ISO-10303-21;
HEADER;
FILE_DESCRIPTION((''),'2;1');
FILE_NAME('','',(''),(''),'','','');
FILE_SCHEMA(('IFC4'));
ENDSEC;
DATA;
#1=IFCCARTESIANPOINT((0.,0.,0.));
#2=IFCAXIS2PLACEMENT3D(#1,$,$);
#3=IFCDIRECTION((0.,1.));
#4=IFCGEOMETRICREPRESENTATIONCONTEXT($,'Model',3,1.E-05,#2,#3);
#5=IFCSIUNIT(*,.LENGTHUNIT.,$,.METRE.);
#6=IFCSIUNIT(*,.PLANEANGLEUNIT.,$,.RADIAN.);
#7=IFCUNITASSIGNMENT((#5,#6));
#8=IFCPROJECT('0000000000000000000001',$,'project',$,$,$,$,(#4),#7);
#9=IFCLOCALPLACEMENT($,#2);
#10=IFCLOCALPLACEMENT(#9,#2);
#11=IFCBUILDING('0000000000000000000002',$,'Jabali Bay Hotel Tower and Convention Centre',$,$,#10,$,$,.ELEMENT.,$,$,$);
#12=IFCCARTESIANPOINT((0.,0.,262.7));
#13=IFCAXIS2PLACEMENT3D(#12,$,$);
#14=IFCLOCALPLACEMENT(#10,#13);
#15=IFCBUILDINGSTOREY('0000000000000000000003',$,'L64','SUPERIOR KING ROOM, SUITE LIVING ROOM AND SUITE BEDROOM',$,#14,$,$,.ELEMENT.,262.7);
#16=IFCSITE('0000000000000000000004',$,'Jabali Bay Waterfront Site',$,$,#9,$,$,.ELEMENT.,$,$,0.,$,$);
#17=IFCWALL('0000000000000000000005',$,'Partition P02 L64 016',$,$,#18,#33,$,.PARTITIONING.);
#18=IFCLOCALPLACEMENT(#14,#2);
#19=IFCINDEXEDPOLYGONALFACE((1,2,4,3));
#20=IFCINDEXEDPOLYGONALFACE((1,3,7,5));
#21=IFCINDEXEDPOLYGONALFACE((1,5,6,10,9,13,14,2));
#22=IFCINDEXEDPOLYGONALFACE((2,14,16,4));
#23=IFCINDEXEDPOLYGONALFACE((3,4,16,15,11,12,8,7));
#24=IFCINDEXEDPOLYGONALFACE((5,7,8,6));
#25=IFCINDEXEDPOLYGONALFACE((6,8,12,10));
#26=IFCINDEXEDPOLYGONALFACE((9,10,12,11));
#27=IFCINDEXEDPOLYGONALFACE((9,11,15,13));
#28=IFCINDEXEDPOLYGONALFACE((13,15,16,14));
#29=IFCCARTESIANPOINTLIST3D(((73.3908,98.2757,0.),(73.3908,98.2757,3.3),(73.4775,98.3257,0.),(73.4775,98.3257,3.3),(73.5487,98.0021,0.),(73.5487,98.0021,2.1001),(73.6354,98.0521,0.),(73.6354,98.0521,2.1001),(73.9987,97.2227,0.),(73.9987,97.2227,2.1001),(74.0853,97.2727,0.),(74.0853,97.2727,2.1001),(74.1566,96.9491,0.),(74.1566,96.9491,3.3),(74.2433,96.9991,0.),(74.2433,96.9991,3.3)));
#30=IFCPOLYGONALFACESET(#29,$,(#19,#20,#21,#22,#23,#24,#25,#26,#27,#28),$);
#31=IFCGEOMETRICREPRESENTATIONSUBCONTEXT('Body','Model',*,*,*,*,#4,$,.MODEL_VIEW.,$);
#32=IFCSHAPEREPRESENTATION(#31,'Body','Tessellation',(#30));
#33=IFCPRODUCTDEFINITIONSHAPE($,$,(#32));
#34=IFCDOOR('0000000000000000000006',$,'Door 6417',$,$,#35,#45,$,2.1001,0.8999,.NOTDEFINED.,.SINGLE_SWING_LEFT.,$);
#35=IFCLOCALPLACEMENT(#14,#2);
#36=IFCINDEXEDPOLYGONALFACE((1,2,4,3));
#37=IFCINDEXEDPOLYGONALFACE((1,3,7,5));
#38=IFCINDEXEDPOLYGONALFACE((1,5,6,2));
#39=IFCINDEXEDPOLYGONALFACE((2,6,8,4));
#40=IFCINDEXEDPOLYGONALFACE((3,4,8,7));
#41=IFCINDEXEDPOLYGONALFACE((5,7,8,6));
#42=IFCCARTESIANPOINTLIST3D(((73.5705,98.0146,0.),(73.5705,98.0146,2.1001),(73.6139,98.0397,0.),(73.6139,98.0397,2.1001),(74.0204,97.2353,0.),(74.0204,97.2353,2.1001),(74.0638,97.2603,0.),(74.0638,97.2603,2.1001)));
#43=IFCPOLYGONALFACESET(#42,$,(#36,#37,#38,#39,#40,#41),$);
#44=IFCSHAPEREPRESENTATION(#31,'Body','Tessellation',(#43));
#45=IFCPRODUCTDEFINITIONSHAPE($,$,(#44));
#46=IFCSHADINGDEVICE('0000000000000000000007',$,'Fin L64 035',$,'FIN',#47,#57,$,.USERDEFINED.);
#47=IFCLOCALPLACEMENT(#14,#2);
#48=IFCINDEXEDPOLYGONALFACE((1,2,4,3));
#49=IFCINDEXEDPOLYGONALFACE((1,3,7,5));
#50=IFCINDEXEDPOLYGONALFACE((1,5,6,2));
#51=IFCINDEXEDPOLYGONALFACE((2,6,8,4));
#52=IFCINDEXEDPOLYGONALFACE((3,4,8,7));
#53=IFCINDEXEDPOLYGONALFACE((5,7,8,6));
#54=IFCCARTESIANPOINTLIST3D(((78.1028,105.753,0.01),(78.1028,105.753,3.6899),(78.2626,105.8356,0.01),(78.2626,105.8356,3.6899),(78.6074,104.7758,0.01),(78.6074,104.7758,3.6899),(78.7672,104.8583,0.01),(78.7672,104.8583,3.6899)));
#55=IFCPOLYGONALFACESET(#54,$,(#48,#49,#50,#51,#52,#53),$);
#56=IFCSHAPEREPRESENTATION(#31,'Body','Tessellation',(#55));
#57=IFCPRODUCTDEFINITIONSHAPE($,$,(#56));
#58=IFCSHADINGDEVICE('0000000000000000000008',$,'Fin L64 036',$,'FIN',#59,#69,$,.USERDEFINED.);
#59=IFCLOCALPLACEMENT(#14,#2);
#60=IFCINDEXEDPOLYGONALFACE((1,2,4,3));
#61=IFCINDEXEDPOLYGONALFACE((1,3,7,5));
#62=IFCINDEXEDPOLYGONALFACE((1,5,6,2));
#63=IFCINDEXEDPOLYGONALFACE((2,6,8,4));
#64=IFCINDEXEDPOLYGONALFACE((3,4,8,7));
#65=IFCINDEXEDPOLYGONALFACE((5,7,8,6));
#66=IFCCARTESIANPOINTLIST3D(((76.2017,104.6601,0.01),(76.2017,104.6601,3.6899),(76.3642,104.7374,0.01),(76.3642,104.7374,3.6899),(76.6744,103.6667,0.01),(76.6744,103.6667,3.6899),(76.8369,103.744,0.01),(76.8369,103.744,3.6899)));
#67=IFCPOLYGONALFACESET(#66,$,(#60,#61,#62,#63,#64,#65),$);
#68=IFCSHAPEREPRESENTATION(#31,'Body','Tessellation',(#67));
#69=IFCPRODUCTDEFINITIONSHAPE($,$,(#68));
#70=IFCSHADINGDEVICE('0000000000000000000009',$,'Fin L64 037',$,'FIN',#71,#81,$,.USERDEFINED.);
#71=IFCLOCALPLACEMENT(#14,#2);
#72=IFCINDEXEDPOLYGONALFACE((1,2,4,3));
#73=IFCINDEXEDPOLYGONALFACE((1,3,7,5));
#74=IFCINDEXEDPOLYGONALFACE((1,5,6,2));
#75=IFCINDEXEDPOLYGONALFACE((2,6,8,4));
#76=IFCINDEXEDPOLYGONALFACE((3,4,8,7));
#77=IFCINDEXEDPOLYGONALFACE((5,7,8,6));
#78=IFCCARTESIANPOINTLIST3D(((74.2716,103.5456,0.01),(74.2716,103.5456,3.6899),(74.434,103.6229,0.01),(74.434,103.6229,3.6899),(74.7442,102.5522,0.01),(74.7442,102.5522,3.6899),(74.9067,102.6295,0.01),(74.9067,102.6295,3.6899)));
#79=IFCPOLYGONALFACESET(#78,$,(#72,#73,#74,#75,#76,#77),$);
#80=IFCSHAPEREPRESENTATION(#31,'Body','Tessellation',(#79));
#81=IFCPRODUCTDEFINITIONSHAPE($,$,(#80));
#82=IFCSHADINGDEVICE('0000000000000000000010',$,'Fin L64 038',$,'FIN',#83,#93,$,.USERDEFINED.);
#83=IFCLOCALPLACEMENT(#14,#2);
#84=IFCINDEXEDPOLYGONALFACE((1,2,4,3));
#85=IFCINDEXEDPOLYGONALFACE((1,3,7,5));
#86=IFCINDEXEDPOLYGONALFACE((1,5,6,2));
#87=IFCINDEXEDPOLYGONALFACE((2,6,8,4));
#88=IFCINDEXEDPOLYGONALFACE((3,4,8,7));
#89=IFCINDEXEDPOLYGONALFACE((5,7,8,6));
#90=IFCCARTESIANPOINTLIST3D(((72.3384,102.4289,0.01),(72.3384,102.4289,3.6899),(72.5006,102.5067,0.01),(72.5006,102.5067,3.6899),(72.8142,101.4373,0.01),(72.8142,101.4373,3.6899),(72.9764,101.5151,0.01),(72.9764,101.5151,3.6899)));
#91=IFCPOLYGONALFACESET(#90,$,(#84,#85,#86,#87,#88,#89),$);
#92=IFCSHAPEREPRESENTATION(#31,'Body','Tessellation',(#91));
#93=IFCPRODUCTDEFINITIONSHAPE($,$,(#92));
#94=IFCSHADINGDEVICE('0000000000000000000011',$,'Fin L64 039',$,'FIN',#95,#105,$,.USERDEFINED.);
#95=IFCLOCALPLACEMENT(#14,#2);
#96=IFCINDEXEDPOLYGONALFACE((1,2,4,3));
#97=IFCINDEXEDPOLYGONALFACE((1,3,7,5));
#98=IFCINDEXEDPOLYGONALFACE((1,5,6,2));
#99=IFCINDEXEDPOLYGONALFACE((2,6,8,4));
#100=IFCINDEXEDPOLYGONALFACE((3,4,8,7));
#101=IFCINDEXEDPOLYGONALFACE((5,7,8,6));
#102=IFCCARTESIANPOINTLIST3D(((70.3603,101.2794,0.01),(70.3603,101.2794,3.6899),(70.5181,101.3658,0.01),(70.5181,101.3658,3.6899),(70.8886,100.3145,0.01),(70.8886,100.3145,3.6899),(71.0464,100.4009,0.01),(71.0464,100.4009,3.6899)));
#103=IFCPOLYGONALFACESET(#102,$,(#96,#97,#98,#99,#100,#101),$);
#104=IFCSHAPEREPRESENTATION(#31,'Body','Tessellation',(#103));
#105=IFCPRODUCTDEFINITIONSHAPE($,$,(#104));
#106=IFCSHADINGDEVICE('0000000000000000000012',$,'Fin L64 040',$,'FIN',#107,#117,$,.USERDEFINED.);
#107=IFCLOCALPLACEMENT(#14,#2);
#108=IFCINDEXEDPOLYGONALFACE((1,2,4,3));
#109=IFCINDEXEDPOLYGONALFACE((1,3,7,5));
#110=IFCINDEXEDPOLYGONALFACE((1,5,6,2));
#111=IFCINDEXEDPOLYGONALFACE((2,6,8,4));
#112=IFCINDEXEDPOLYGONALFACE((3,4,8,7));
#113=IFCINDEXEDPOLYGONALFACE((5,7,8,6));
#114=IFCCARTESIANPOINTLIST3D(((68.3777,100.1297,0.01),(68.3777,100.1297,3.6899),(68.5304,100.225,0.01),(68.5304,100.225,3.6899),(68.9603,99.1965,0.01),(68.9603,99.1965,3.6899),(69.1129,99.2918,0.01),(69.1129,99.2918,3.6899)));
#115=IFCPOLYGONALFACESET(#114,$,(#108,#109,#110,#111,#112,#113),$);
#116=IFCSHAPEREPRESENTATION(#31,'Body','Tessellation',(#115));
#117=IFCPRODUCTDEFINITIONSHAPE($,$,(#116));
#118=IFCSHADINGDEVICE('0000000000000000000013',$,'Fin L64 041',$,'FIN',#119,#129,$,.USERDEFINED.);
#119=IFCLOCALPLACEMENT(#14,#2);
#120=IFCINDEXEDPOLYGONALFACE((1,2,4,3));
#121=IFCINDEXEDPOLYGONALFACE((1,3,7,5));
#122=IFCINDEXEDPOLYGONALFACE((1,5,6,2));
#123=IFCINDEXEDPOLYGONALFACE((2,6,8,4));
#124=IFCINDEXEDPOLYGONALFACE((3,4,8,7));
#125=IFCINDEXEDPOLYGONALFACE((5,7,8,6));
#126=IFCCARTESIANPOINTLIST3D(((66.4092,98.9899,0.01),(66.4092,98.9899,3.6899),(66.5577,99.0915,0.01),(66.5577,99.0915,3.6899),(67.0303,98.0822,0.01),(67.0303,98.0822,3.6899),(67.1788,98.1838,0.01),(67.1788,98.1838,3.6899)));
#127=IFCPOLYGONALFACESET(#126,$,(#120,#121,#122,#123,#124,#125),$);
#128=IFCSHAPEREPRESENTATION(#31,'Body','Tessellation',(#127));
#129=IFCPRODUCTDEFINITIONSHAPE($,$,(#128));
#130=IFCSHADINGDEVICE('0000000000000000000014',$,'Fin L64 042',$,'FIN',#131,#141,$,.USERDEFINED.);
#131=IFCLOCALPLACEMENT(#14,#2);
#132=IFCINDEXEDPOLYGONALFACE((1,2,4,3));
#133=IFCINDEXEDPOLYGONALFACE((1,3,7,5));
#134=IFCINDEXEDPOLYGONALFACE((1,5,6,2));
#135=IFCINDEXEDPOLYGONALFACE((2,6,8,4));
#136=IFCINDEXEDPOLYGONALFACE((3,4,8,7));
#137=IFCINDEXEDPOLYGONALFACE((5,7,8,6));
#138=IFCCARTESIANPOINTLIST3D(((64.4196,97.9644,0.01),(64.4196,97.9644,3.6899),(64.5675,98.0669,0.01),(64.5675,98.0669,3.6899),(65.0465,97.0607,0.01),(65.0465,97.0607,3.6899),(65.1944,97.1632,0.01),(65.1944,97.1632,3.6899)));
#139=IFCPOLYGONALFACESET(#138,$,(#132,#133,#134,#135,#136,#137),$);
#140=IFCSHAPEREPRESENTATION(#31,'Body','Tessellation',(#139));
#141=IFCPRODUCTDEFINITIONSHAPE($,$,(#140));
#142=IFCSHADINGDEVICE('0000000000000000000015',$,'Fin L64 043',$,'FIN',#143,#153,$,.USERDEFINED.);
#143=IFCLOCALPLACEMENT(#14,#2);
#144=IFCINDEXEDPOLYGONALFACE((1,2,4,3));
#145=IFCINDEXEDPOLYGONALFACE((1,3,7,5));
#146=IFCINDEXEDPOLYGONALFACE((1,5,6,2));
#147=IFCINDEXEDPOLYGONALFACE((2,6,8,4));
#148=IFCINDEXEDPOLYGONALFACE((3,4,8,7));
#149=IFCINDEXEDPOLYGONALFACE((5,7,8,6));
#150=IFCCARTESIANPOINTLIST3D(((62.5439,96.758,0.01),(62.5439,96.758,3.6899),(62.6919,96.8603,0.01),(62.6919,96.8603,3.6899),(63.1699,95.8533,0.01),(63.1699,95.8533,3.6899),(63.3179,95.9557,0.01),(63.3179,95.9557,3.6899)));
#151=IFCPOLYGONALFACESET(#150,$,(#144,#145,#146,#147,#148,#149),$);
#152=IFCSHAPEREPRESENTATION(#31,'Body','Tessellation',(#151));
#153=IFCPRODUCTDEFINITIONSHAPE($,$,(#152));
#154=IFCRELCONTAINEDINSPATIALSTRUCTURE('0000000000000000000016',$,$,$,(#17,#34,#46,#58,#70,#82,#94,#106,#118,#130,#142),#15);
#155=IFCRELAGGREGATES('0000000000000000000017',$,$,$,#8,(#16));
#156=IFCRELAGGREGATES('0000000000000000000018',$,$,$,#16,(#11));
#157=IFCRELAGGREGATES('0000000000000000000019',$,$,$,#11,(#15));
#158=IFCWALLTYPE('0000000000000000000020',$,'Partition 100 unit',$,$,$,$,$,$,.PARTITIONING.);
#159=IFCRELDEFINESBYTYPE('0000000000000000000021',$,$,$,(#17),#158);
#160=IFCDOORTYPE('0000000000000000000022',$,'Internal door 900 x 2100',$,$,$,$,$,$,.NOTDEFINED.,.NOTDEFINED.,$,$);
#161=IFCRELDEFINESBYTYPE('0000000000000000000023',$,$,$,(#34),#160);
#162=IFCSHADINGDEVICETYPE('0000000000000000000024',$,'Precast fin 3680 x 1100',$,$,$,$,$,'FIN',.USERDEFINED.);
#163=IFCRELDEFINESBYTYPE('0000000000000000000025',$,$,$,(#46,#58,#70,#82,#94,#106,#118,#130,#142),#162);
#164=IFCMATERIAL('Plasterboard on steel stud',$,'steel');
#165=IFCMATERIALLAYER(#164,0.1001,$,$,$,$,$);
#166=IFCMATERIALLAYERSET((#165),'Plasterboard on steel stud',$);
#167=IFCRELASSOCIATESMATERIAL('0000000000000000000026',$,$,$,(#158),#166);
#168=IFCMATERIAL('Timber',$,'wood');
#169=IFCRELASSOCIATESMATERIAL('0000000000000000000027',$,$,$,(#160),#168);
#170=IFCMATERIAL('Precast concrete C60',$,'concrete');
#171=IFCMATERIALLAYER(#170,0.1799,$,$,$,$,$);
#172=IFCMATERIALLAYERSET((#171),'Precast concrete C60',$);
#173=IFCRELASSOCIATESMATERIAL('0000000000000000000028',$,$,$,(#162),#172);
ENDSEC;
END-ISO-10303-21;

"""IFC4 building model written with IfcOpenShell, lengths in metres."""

from ifc_helpers import new_model, si_unit, direction, frame, frame_2d, origin, place, context, subcontext, project, spatial, rectangle, extrude, material, layer, layer_set, type_object, element, fill, save


model = new_model("IFC4")

# Units and contexts
model_context = context("Model", 3, precision=1e-05, world=origin(), true_north=direction((0.0, 1.0)))
body_context = subcontext(model_context, "Body", "Model", "MODEL_VIEW")
ifc_project = project(units=[si_unit("LENGTHUNIT", "METRE"), si_unit("PLANEANGLEUNIT", "RADIAN")], contexts=[model_context])

# Site, building, storey
site_placement = place(None, origin())
site = spatial("IfcSite", under=ifc_project, at=site_placement, Name="Jabali Bay Waterfront Site", CompositionType="ELEMENT", RefElevation=0.0)
building_placement = place(site_placement, origin())
building = spatial("IfcBuilding", under=site, at=building_placement, Name="Jabali Bay Hotel Tower and Convention Centre", CompositionType="ELEMENT")
storey_placement = place(building_placement, frame((0.0, 0.0, 262.7)))
storey = spatial("IfcBuildingStorey", under=building, at=storey_placement, Name="L64", Description="SUPERIOR KING ROOM, SUITE LIVING ROOM AND SUITE BEDROOM", CompositionType="ELEMENT", Elevation=262.7)

# Wall, opening, door
ifc_material_1 = material(Name="Plasterboard on steel stud", Category="steel")
ifc_layer_1 = layer(ifc_material_1, 0.1001)
ifc_layer_set_1 = layer_set([ifc_layer_1], Name="Plasterboard on steel stud")
wall_type_1 = type_object("IfcWallType", Name="Partition 100 unit", PredefinedType="PARTITIONING", material=ifc_layer_set_1)
ifc_material_2 = material(Name="Timber", Category="wood")
door_type_1 = type_object("IfcDoorType", Name="Internal door 900 x 2100", OperationType="NOTDEFINED", PredefinedType="NOTDEFINED", material=ifc_material_2)
wall_1_placement = place(storey_placement, frame((74.2, 96.9741, 0.0), z_axis=(0.0, 0.0, 1.0), x_axis=(-0.499962, 0.866048, 0.0)))
wall_1 = element("IfcWall", 1, at=wall_1_placement, inside=storey, type_object=wall_type_1, Name="Partition P02 L64 016", PredefinedType="PARTITIONING", context=body_context, shape_type="SweptSolid", body=[
    extrude(rectangle(XDim=1.5317, YDim=0.1001, at=frame_2d((0.7659, 0.0))), origin(), (0.0, 0.0, 1.0), 3.3),
])
opening_1_placement = place(wall_1_placement, frame((0.3159, 0.0, 0.0)))
opening_1 = element("IfcOpeningElement", 2, at=opening_1_placement, cuts=wall_1, PredefinedType="OPENING", context=body_context, shape_type="SweptSolid", body=[
    extrude(rectangle(XDim=0.8999, YDim=2.1001, at=frame_2d((0.45, 1.05))), frame((0.0, 0.0605, 0.0), z_axis=(0.0, -1.0, 0.0), x_axis=(1.0, 0.0, 0.0)), (0.0, 0.0, 1.0), 0.1211),
])
door_1_placement = place(opening_1_placement, origin())
door_1 = element("IfcDoor", 3, at=door_1_placement, inside=storey, type_object=door_type_1, Name="Door 6417", OperationType="SINGLE_SWING_LEFT", OverallHeight=2.1001, OverallWidth=0.8999, PredefinedType="NOTDEFINED", context=body_context, shape_type="SweptSolid", body=[
    extrude(rectangle(XDim=0.8999, YDim=2.1001, at=frame_2d((0.45, 1.05))), frame((0.0, 0.0249, 0.0), z_axis=(0.0, -1.0, 0.0), x_axis=(1.0, 0.0, 0.0)), (0.0, 0.0, 1.0), 0.05),
])
fill(opening_1, door_1)

# Shading devices
ifc_material_3 = material(Name="Precast concrete C60", Category="concrete")
ifc_layer_2 = layer(ifc_material_3, 0.1799)
ifc_layer_set_2 = layer_set([ifc_layer_2], Name="Precast concrete C60")
shading_device_type = type_object("IfcShadingDeviceType", Name="Precast fin 3680 x 1100", ElementType="FIN", PredefinedType="USERDEFINED", material=ifc_layer_set_2)
shading_device_1_placement = place(storey_placement, frame((78.6873, 104.8171, 0.01), z_axis=(0.0, 0.0, 1.0), x_axis=(-0.458807, 0.888536, 0.0)))
element("IfcShadingDevice", 4, at=shading_device_1_placement, inside=storey, type_object=shading_device_type, Name="Fin L64 035", ObjectType="FIN", PredefinedType="USERDEFINED", context=body_context, shape_type="SweptSolid", body=[
    extrude(rectangle(XDim=1.0999, YDim=0.1799, at=frame_2d((0.5498, 0.0))), origin(), (0.0, 0.0, 1.0), 3.6799),
])
for number, where, z_axis, x_axis, name in (
    (5, (76.7556, 103.7053, 0.01), (0.0, 0.0, 1.0), (-0.429641, 0.903, 0.0), "Fin L64 036"),
    (6, (74.8254, 102.5908, 0.01), (0.0, 0.0, 1.0), (-0.429641, 0.903, 0.0), "Fin L64 037"),
):
    element("IfcShadingDevice", number, at=place(storey_placement, frame(where, z_axis=z_axis, x_axis=x_axis)), inside=storey, type_object=shading_device_type, Name=name, ObjectType="FIN", PredefinedType="USERDEFINED", context=body_context, shape_type="SweptSolid", body=[
        extrude(rectangle(XDim=1.1001, YDim=0.1799, at=frame_2d((0.55, 0.0))), origin(), (0.0, 0.0, 1.0), 3.6799),
    ])
shading_device_2_placement = place(storey_placement, frame((72.8953, 101.4763, 0.01), z_axis=(0.0, 0.0, 1.0), x_axis=(-0.432594, 0.901589, 0.0)))
element("IfcShadingDevice", 7, at=shading_device_2_placement, inside=storey, type_object=shading_device_type, Name="Fin L64 038", ObjectType="FIN", PredefinedType="USERDEFINED", context=body_context, shape_type="SweptSolid", body=[
    extrude(rectangle(XDim=1.0999, YDim=0.1799, at=frame_2d((0.5498, 0.0))), origin(), (0.0, 0.0, 1.0), 3.6799),
])
for number, where, z_axis, x_axis, name in (
    (8, (70.9675, 100.3577, 0.01), (0.0, 0.0, 1.0), (-0.480282, 0.877114, 0.0), "Fin L64 039"),
    (9, (69.0366, 99.2441, 0.01), (0.0, 0.0, 1.0), (-0.52956, 0.848273, 0.0), "Fin L64 040"),
):
    element("IfcShadingDevice", number, at=place(storey_placement, frame(where, z_axis=z_axis, x_axis=x_axis)), inside=storey, type_object=shading_device_type, Name=name, ObjectType="FIN", PredefinedType="USERDEFINED", context=body_context, shape_type="SweptSolid", body=[
        extrude(rectangle(XDim=1.1001, YDim=0.1799, at=frame_2d((0.55, 0.0))), origin(), (0.0, 0.0, 1.0), 3.6799),
    ])
for number, where, z_axis, x_axis, name in (
    (10, (67.1045, 98.1331, 0.01), (0.0, 0.0, 1.0), (-0.5647, 0.825296, 0.0), "Fin L64 041"),
    (11, (65.1204, 97.1121, 0.01), (0.0, 0.0, 1.0), (-0.569971, 0.821664, 0.0), "Fin L64 042"),
):
    element("IfcShadingDevice", number, at=place(storey_placement, frame(where, z_axis=z_axis, x_axis=x_axis)), inside=storey, type_object=shading_device_type, Name=name, ObjectType="FIN", PredefinedType="USERDEFINED", context=body_context, shape_type="SweptSolid", body=[
        extrude(rectangle(XDim=1.0999, YDim=0.1799, at=frame_2d((0.5498, 0.0))), origin(), (0.0, 0.0, 1.0), 3.6799),
    ])
shading_device_3_placement = place(storey_placement, frame((63.2439, 95.9045, 0.01), z_axis=(0.0, 0.0, 1.0), x_axis=(-0.56906, 0.822296, 0.0)))
element("IfcShadingDevice", 12, at=shading_device_3_placement, inside=storey, type_object=shading_device_type, Name="Fin L64 043", ObjectType="FIN", PredefinedType="USERDEFINED", context=body_context, shape_type="SweptSolid", body=[
    extrude(rectangle(XDim=1.1001, YDim=0.1799, at=frame_2d((0.55, 0.0))), origin(), (0.0, 0.0, 1.0), 3.6799),
])

save(model, "model.ifc")
